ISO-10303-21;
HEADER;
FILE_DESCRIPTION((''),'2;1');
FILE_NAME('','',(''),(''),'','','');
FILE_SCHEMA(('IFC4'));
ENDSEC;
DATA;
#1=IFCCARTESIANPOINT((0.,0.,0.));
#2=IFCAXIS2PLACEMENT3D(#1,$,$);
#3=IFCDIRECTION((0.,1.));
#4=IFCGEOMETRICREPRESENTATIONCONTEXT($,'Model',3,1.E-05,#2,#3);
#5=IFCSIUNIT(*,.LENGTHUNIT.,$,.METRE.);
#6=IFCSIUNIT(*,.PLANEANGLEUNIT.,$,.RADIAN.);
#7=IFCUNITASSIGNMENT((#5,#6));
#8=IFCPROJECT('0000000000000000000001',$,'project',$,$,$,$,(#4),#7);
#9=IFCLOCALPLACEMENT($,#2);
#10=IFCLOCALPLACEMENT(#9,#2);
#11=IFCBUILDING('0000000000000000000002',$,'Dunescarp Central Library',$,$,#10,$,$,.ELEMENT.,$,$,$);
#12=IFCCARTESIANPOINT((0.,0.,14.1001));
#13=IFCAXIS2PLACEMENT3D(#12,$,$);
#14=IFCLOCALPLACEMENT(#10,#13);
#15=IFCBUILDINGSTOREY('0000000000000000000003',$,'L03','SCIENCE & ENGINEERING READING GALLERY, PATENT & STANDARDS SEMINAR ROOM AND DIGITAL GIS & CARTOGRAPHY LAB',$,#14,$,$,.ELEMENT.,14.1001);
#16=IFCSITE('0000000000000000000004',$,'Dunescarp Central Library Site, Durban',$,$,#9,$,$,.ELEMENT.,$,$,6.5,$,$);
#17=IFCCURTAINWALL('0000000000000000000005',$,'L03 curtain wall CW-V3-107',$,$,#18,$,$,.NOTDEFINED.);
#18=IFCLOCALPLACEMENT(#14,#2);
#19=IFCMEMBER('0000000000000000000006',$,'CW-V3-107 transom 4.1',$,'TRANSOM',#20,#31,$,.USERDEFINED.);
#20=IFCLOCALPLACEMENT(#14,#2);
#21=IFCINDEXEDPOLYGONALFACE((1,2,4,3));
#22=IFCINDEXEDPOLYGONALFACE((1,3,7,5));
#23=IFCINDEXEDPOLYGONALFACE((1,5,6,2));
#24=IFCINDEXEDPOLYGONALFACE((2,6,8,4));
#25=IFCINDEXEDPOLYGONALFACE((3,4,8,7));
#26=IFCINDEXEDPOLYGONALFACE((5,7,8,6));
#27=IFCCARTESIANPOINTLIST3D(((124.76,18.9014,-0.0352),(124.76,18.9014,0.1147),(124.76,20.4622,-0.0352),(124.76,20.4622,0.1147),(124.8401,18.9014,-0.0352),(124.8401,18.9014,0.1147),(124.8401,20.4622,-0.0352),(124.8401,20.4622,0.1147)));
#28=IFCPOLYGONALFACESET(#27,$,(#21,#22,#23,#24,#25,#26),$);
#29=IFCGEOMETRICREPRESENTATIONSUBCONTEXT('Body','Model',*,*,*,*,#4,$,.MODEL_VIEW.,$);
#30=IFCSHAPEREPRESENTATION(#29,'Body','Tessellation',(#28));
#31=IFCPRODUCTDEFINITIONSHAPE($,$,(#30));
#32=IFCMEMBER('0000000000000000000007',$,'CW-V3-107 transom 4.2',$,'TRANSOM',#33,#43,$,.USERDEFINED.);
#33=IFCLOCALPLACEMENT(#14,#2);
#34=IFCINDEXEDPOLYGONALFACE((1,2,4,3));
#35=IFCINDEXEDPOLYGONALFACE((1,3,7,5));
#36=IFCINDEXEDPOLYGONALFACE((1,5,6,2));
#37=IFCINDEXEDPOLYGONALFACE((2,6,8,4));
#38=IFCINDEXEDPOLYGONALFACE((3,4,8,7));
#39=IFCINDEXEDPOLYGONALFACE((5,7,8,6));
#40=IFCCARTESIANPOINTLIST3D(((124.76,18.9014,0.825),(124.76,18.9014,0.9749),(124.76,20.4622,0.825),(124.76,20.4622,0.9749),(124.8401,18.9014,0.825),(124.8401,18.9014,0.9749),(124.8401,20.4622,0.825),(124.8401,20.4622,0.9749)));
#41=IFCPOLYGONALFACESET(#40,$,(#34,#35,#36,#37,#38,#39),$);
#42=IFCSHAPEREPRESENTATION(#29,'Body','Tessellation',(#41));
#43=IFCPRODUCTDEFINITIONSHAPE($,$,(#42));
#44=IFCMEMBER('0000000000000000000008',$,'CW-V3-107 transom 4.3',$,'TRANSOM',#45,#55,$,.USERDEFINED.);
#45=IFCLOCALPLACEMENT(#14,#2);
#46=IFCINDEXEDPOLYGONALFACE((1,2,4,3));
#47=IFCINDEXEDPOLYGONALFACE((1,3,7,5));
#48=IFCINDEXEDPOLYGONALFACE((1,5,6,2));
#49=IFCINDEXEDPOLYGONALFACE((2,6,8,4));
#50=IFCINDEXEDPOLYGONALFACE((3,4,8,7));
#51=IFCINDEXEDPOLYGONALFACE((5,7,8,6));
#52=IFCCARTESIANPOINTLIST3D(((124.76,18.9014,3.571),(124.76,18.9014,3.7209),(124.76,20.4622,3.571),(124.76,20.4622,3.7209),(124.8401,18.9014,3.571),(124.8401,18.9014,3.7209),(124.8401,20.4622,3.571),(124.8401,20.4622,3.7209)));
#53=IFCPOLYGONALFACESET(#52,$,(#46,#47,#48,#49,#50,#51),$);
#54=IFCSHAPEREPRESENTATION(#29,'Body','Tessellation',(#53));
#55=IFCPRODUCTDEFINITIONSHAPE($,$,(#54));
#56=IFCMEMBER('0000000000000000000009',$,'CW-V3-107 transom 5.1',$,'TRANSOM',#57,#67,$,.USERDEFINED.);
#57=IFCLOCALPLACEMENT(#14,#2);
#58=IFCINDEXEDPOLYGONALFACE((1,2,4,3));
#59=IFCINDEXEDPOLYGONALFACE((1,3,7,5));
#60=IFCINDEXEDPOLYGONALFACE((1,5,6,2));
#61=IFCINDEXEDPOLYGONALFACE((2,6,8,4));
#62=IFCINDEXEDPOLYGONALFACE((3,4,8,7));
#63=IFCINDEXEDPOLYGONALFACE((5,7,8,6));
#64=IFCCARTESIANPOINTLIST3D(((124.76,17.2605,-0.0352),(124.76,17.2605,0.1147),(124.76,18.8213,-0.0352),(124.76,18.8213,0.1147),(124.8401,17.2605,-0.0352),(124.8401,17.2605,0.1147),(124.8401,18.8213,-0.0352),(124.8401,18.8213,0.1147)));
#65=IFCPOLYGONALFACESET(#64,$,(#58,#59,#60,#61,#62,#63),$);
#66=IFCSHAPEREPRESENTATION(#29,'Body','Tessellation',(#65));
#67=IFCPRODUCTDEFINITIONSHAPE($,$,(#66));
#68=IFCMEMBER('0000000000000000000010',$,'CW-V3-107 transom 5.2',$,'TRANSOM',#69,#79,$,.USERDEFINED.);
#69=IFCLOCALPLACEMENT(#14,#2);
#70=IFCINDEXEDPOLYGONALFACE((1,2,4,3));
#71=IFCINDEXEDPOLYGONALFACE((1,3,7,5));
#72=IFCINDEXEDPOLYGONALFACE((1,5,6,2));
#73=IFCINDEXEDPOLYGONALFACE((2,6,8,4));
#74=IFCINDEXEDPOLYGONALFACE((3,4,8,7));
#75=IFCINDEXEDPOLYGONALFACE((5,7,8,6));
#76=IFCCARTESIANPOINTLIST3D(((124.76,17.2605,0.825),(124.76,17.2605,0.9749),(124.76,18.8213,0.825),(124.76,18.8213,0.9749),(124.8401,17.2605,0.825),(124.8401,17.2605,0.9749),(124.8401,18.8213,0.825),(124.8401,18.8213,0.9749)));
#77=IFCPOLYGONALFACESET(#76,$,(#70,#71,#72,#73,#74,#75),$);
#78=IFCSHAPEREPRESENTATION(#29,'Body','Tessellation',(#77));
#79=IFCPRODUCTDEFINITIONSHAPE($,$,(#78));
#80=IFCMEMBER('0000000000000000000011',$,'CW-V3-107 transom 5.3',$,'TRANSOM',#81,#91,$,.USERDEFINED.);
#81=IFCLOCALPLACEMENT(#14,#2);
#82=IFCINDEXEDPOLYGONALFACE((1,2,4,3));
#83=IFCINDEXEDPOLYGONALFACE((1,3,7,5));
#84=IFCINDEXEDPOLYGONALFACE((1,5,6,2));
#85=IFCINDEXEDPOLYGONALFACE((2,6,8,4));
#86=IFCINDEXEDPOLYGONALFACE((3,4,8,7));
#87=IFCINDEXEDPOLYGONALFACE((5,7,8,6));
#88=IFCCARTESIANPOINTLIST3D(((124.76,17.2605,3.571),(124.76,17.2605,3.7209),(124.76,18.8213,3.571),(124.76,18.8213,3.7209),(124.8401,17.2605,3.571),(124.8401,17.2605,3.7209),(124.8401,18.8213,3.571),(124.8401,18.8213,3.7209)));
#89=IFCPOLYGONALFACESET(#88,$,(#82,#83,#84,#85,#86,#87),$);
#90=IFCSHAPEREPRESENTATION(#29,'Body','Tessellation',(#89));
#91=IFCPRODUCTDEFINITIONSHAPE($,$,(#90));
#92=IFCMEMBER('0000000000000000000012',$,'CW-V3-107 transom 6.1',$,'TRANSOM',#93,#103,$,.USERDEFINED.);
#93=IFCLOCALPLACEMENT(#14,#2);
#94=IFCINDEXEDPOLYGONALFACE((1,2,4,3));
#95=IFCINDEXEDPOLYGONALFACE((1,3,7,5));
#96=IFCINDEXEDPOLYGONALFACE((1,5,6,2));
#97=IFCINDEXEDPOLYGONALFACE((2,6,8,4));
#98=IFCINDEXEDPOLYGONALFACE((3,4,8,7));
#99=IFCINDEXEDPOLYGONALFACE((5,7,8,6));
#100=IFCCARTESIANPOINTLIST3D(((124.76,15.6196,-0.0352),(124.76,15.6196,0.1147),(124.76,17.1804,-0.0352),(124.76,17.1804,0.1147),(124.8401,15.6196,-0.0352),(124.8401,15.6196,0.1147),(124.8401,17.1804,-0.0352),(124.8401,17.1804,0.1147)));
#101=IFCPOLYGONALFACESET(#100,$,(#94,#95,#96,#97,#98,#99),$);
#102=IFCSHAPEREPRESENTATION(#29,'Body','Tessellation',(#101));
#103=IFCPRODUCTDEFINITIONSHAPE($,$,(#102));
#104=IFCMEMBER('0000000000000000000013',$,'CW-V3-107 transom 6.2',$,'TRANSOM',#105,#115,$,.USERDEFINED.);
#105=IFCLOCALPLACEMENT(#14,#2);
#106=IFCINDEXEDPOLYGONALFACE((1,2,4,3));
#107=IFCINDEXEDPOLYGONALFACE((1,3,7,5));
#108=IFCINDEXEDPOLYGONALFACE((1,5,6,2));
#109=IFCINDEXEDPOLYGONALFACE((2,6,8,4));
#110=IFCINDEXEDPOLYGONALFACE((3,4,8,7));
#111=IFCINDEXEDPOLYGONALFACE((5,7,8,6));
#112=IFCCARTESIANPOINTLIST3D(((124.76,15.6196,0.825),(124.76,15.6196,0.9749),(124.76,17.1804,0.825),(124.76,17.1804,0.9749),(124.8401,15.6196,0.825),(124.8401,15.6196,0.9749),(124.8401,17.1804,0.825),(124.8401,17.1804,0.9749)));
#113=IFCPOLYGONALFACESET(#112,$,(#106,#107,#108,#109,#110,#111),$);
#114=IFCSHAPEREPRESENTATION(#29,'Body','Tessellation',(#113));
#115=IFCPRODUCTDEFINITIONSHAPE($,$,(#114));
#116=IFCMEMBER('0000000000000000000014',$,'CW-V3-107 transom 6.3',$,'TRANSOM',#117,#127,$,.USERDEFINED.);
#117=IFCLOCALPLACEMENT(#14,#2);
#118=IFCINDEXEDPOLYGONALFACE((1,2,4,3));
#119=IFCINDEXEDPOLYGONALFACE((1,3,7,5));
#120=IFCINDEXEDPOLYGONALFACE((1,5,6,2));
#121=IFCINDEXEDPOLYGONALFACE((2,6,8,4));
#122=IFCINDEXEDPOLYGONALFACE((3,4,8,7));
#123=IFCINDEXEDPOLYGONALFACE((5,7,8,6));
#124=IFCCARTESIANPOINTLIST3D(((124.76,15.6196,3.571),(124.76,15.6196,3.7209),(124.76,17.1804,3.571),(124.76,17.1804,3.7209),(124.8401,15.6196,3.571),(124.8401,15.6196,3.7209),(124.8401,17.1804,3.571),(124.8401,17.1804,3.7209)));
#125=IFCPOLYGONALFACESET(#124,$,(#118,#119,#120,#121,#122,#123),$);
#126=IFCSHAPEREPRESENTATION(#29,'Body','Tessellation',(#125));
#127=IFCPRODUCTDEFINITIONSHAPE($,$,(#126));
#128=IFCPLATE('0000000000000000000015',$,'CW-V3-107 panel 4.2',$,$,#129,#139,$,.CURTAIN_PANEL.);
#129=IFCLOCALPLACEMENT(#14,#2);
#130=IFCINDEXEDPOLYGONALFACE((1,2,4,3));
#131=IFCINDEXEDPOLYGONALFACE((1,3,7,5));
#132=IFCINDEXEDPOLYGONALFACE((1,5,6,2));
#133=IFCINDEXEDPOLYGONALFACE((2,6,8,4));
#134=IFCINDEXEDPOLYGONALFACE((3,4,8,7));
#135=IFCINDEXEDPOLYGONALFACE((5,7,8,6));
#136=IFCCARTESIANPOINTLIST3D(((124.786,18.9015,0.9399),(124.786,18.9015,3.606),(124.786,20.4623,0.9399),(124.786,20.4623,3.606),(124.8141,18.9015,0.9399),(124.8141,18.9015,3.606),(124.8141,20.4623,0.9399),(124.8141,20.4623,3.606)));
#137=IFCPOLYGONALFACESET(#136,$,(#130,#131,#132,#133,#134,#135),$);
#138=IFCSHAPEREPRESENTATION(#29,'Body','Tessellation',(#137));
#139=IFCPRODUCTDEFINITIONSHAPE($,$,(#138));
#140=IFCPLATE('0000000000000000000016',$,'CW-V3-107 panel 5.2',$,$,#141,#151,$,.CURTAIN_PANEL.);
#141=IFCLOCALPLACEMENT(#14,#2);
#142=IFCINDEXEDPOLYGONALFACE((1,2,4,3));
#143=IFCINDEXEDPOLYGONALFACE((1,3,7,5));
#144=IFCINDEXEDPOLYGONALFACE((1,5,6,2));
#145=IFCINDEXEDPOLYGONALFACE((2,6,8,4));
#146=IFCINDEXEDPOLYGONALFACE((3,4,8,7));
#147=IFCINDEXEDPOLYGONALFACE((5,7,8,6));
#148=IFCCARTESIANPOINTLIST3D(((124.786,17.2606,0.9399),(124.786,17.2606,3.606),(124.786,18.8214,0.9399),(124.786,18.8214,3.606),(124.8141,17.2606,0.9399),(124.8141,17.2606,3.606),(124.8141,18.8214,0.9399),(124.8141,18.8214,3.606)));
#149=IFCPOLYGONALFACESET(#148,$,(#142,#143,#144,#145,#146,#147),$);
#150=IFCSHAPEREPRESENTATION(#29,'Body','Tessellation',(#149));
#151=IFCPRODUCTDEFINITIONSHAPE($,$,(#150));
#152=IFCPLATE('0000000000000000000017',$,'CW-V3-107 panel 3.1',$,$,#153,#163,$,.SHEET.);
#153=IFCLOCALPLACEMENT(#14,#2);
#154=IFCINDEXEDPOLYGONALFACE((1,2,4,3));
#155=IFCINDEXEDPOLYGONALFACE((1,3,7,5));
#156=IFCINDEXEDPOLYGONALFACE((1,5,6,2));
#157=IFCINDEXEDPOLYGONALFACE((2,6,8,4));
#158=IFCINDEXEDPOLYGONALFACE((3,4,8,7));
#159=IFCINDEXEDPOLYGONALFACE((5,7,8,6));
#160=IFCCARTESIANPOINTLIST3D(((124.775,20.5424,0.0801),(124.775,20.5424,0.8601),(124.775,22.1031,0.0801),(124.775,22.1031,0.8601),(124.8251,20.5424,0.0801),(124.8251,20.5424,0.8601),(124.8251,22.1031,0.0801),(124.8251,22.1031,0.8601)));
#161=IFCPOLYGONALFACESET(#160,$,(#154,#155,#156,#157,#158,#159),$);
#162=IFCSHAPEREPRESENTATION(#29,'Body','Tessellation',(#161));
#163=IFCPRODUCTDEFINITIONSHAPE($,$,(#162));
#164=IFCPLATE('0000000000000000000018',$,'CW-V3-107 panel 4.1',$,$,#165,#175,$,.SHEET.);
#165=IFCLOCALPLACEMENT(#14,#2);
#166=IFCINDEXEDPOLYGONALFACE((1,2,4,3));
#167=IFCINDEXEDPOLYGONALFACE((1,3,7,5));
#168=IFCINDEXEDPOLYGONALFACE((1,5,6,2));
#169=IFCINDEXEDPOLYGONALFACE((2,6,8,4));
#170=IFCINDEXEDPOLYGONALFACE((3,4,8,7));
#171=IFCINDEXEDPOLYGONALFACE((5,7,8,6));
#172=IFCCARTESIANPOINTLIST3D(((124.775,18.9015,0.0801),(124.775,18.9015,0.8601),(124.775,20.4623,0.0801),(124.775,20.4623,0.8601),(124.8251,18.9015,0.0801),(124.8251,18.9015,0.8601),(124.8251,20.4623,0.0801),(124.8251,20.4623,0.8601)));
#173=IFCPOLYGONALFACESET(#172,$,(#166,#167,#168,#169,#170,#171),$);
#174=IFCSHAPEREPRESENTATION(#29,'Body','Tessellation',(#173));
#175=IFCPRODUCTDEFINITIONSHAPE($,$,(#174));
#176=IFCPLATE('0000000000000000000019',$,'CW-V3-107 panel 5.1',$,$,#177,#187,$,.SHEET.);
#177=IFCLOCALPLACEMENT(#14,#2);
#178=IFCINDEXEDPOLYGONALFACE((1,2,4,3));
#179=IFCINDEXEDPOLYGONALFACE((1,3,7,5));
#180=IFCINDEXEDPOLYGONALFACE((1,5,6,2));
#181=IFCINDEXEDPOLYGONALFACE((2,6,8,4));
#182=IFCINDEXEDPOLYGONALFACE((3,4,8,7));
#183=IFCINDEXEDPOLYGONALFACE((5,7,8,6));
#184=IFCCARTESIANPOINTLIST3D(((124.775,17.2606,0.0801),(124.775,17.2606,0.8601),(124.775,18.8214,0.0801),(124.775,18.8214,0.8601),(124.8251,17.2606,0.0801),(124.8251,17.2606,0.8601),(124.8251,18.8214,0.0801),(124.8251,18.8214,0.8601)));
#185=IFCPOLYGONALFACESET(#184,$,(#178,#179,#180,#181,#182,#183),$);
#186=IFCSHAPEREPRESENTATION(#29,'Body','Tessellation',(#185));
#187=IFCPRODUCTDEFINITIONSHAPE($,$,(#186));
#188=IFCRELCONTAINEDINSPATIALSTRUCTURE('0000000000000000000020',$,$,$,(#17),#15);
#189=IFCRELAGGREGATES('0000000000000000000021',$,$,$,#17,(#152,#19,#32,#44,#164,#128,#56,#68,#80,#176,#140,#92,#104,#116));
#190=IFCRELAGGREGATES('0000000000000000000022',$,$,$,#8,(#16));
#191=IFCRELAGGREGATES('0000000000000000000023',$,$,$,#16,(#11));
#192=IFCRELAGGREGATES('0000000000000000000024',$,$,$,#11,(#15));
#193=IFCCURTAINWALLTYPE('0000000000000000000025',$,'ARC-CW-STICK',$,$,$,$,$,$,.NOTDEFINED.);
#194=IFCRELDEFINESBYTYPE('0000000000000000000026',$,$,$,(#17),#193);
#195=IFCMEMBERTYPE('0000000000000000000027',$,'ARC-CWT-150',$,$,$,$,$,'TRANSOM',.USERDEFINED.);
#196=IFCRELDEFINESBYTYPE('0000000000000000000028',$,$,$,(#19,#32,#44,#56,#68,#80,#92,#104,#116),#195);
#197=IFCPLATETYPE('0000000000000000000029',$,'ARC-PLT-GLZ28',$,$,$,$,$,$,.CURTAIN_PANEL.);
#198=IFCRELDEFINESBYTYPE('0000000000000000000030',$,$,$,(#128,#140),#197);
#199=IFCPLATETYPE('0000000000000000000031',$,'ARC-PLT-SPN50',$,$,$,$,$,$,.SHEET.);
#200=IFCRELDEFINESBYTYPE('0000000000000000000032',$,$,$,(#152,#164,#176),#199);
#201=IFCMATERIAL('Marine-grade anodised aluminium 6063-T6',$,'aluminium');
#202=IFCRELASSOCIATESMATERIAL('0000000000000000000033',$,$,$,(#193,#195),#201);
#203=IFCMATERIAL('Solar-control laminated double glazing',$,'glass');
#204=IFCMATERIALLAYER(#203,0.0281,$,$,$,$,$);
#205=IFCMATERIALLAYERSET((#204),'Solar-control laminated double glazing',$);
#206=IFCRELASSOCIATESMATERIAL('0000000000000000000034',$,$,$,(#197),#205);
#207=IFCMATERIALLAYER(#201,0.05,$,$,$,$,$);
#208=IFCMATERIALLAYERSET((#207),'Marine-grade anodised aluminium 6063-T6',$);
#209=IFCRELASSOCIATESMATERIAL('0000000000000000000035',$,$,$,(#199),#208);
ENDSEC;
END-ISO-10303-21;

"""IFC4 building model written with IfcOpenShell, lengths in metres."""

from ifc_helpers import new_model, si_unit, direction, frame, origin, origin_2d, place, context, subcontext, project, spatial, rectangle, extrude, material, layer, layer_set, material_profile, profile_set, type_object, element, aggregate, save


model = new_model("IFC4")

# Units and contexts
model_context = context("Model", 3, precision=1e-05, world=origin(), true_north=direction((0.0, 1.0)))
body_context = subcontext(model_context, "Body", "Model", "MODEL_VIEW")
ifc_project = project(units=[si_unit("LENGTHUNIT", "METRE"), si_unit("PLANEANGLEUNIT", "RADIAN")], contexts=[model_context])

# Site, building, storey
site_placement = place(None, origin())
site = spatial("IfcSite", under=ifc_project, at=site_placement, Name="Dunescarp Central Library Site, Durban", CompositionType="ELEMENT", RefElevation=6.5)
building_placement = place(site_placement, origin())
building = spatial("IfcBuilding", under=site, at=building_placement, Name="Dunescarp Central Library", CompositionType="ELEMENT")
storey_placement = place(building_placement, frame((0.0, 0.0, 14.1001)))
storey = spatial("IfcBuildingStorey", under=building, at=storey_placement, Name="L03", Description="SCIENCE & ENGINEERING READING GALLERY, PATENT & STANDARDS SEMINAR ROOM AND DIGITAL GIS & CARTOGRAPHY LAB", CompositionType="ELEMENT", Elevation=14.1001)

# Curtain wall, members, plates
ifc_material_1 = material(Name="Marine-grade anodised aluminium 6063-T6", Category="aluminium")
curtain_wall_type = type_object("IfcCurtainWallType", Name="ARC-CW-STICK", PredefinedType="NOTDEFINED", material=ifc_material_1)
curtain_wall_placement = place(storey_placement, origin())
curtain_wall = element("IfcCurtainWall", 1, at=curtain_wall_placement, inside=storey, type_object=curtain_wall_type, Name="L03 curtain wall CW-V3-107", PredefinedType="NOTDEFINED")
ifc_material_profile = material_profile(ifc_material_1, rectangle(XDim=0.0801, YDim=0.1499, at=origin_2d()), Name="AL 80x150")
ifc_profile_set = profile_set([ifc_material_profile], Name="Marine-grade anodised aluminium 6063-T6")
member_type = type_object("IfcMemberType", Name="ARC-CWT-150", ElementType="TRANSOM", PredefinedType="USERDEFINED", material=ifc_profile_set)
member_1_placement = place(storey_placement, frame((124.8, 20.4622, 0.0398), z_axis=(0.0, -1.0, 0.0), x_axis=(1.0, 0.0, 0.0)))
member_1 = element("IfcMember", 2, at=member_1_placement, type_object=member_type, Name="CW-V3-107 transom 4.1", ObjectType="TRANSOM", PredefinedType="USERDEFINED", context=body_context, shape_type="SweptSolid", body=[
    extrude(rectangle(XDim=0.0801, YDim=0.1499, at=origin_2d()), origin(), (0.0, 0.0, 1.0), 1.5608),
])
member_2_placement = place(storey_placement, frame((124.8, 20.4622, 0.8999), z_axis=(0.0, -1.0, 0.0), x_axis=(1.0, 0.0, 0.0)))
member_2 = element("IfcMember", 3, at=member_2_placement, type_object=member_type, Name="CW-V3-107 transom 4.2", ObjectType="TRANSOM", PredefinedType="USERDEFINED", context=body_context, shape_type="SweptSolid", body=[
    extrude(rectangle(XDim=0.0801, YDim=0.1499, at=origin_2d()), origin(), (0.0, 0.0, 1.0), 1.5608),
])
member_3_placement = place(storey_placement, frame((124.8, 20.4622, 3.646), z_axis=(0.0, -1.0, 0.0), x_axis=(1.0, 0.0, 0.0)))
member_3 = element("IfcMember", 4, at=member_3_placement, type_object=member_type, Name="CW-V3-107 transom 4.3", ObjectType="TRANSOM", PredefinedType="USERDEFINED", context=body_context, shape_type="SweptSolid", body=[
    extrude(rectangle(XDim=0.0801, YDim=0.1499, at=origin_2d()), origin(), (0.0, 0.0, 1.0), 1.5608),
])
member_4_placement = place(storey_placement, frame((124.8, 18.8213, 0.0398), z_axis=(0.0, -1.0, 0.0), x_axis=(1.0, 0.0, 0.0)))
member_4 = element("IfcMember", 5, at=member_4_placement, type_object=member_type, Name="CW-V3-107 transom 5.1", ObjectType="TRANSOM", PredefinedType="USERDEFINED", context=body_context, shape_type="SweptSolid", body=[
    extrude(rectangle(XDim=0.0801, YDim=0.1499, at=origin_2d()), origin(), (0.0, 0.0, 1.0), 1.5608),
])
member_5_placement = place(storey_placement, frame((124.8, 18.8213, 0.8999), z_axis=(0.0, -1.0, 0.0), x_axis=(1.0, 0.0, 0.0)))
member_5 = element("IfcMember", 6, at=member_5_placement, type_object=member_type, Name="CW-V3-107 transom 5.2", ObjectType="TRANSOM", PredefinedType="USERDEFINED", context=body_context, shape_type="SweptSolid", body=[
    extrude(rectangle(XDim=0.0801, YDim=0.1499, at=origin_2d()), origin(), (0.0, 0.0, 1.0), 1.5608),
])
member_6_placement = place(storey_placement, frame((124.8, 18.8213, 3.646), z_axis=(0.0, -1.0, 0.0), x_axis=(1.0, 0.0, 0.0)))
member_6 = element("IfcMember", 7, at=member_6_placement, type_object=member_type, Name="CW-V3-107 transom 5.3", ObjectType="TRANSOM", PredefinedType="USERDEFINED", context=body_context, shape_type="SweptSolid", body=[
    extrude(rectangle(XDim=0.0801, YDim=0.1499, at=origin_2d()), origin(), (0.0, 0.0, 1.0), 1.5608),
])
member_7_placement = place(storey_placement, frame((124.8, 17.1804, 0.0398), z_axis=(0.0, -1.0, 0.0), x_axis=(1.0, 0.0, 0.0)))
member_7 = element("IfcMember", 8, at=member_7_placement, type_object=member_type, Name="CW-V3-107 transom 6.1", ObjectType="TRANSOM", PredefinedType="USERDEFINED", context=body_context, shape_type="SweptSolid", body=[
    extrude(rectangle(XDim=0.0801, YDim=0.1499, at=origin_2d()), origin(), (0.0, 0.0, 1.0), 1.5608),
])
member_8_placement = place(storey_placement, frame((124.8, 17.1804, 0.8999), z_axis=(0.0, -1.0, 0.0), x_axis=(1.0, 0.0, 0.0)))
member_8 = element("IfcMember", 9, at=member_8_placement, type_object=member_type, Name="CW-V3-107 transom 6.2", ObjectType="TRANSOM", PredefinedType="USERDEFINED", context=body_context, shape_type="SweptSolid", body=[
    extrude(rectangle(XDim=0.0801, YDim=0.1499, at=origin_2d()), origin(), (0.0, 0.0, 1.0), 1.5608),
])
member_9_placement = place(storey_placement, frame((124.8, 17.1804, 3.646), z_axis=(0.0, -1.0, 0.0), x_axis=(1.0, 0.0, 0.0)))
member_9 = element("IfcMember", 10, at=member_9_placement, type_object=member_type, Name="CW-V3-107 transom 6.3", ObjectType="TRANSOM", PredefinedType="USERDEFINED", context=body_context, shape_type="SweptSolid", body=[
    extrude(rectangle(XDim=0.0801, YDim=0.1499, at=origin_2d()), origin(), (0.0, 0.0, 1.0), 1.5608),
])
ifc_material_2 = material(Name="Solar-control laminated double glazing", Category="glass")
ifc_layer_1 = layer(ifc_material_2, 0.0281)
ifc_layer_set_1 = layer_set([ifc_layer_1], Name="Solar-control laminated double glazing")
plate_type_1 = type_object("IfcPlateType", Name="ARC-PLT-GLZ28", PredefinedType="CURTAIN_PANEL", material=ifc_layer_set_1)
plate_1_placement = place(storey_placement, frame((124.8, 19.6819, 0.9399), z_axis=(0.0, 0.0, 1.0), x_axis=(0.0, -1.0, 0.0)))
plate_1 = element("IfcPlate", 11, at=plate_1_placement, type_object=plate_type_1, Name="CW-V3-107 panel 4.2", PredefinedType="CURTAIN_PANEL", context=body_context, shape_type="SweptSolid", body=[
    extrude(rectangle(XDim=1.5608, YDim=0.0281, at=origin_2d()), origin(), (0.0, 0.0, 1.0), 2.666),
])
plate_2_placement = place(storey_placement, frame((124.8, 18.041, 0.9399), z_axis=(0.0, 0.0, 1.0), x_axis=(0.0, -1.0, 0.0)))
plate_2 = element("IfcPlate", 12, at=plate_2_placement, type_object=plate_type_1, Name="CW-V3-107 panel 5.2", PredefinedType="CURTAIN_PANEL", context=body_context, shape_type="SweptSolid", body=[
    extrude(rectangle(XDim=1.5608, YDim=0.0281, at=origin_2d()), origin(), (0.0, 0.0, 1.0), 2.666),
])
ifc_layer_2 = layer(ifc_material_1, 0.05)
ifc_layer_set_2 = layer_set([ifc_layer_2], Name="Marine-grade anodised aluminium 6063-T6")
plate_type_2 = type_object("IfcPlateType", Name="ARC-PLT-SPN50", PredefinedType="SHEET", material=ifc_layer_set_2)
plate_3_placement = place(storey_placement, frame((124.8, 21.3228, 0.0801), z_axis=(0.0, 0.0, 1.0), x_axis=(0.0, -1.0, 0.0)))
plate_3 = element("IfcPlate", 13, at=plate_3_placement, type_object=plate_type_2, Name="CW-V3-107 panel 3.1", PredefinedType="SHEET", context=body_context, shape_type="SweptSolid", body=[
    extrude(rectangle(XDim=1.5608, YDim=0.05, at=origin_2d()), origin(), (0.0, 0.0, 1.0), 0.78),
])
plate_4_placement = place(storey_placement, frame((124.8, 19.6819, 0.0801), z_axis=(0.0, 0.0, 1.0), x_axis=(0.0, -1.0, 0.0)))
plate_4 = element("IfcPlate", 14, at=plate_4_placement, type_object=plate_type_2, Name="CW-V3-107 panel 4.1", PredefinedType="SHEET", context=body_context, shape_type="SweptSolid", body=[
    extrude(rectangle(XDim=1.5608, YDim=0.05, at=origin_2d()), origin(), (0.0, 0.0, 1.0), 0.78),
])
plate_5_placement = place(storey_placement, frame((124.8, 18.041, 0.0801), z_axis=(0.0, 0.0, 1.0), x_axis=(0.0, -1.0, 0.0)))
plate_5 = element("IfcPlate", 15, at=plate_5_placement, type_object=plate_type_2, Name="CW-V3-107 panel 5.1", PredefinedType="SHEET", context=body_context, shape_type="SweptSolid", body=[
    extrude(rectangle(XDim=1.5608, YDim=0.05, at=origin_2d()), origin(), (0.0, 0.0, 1.0), 0.78),
])
aggregate(curtain_wall, [plate_3, member_1, member_2, member_3, plate_4, plate_1, member_4, member_5, member_6, plate_5, plate_2, member_7, member_8, member_9])

save(model, "model.ifc")
